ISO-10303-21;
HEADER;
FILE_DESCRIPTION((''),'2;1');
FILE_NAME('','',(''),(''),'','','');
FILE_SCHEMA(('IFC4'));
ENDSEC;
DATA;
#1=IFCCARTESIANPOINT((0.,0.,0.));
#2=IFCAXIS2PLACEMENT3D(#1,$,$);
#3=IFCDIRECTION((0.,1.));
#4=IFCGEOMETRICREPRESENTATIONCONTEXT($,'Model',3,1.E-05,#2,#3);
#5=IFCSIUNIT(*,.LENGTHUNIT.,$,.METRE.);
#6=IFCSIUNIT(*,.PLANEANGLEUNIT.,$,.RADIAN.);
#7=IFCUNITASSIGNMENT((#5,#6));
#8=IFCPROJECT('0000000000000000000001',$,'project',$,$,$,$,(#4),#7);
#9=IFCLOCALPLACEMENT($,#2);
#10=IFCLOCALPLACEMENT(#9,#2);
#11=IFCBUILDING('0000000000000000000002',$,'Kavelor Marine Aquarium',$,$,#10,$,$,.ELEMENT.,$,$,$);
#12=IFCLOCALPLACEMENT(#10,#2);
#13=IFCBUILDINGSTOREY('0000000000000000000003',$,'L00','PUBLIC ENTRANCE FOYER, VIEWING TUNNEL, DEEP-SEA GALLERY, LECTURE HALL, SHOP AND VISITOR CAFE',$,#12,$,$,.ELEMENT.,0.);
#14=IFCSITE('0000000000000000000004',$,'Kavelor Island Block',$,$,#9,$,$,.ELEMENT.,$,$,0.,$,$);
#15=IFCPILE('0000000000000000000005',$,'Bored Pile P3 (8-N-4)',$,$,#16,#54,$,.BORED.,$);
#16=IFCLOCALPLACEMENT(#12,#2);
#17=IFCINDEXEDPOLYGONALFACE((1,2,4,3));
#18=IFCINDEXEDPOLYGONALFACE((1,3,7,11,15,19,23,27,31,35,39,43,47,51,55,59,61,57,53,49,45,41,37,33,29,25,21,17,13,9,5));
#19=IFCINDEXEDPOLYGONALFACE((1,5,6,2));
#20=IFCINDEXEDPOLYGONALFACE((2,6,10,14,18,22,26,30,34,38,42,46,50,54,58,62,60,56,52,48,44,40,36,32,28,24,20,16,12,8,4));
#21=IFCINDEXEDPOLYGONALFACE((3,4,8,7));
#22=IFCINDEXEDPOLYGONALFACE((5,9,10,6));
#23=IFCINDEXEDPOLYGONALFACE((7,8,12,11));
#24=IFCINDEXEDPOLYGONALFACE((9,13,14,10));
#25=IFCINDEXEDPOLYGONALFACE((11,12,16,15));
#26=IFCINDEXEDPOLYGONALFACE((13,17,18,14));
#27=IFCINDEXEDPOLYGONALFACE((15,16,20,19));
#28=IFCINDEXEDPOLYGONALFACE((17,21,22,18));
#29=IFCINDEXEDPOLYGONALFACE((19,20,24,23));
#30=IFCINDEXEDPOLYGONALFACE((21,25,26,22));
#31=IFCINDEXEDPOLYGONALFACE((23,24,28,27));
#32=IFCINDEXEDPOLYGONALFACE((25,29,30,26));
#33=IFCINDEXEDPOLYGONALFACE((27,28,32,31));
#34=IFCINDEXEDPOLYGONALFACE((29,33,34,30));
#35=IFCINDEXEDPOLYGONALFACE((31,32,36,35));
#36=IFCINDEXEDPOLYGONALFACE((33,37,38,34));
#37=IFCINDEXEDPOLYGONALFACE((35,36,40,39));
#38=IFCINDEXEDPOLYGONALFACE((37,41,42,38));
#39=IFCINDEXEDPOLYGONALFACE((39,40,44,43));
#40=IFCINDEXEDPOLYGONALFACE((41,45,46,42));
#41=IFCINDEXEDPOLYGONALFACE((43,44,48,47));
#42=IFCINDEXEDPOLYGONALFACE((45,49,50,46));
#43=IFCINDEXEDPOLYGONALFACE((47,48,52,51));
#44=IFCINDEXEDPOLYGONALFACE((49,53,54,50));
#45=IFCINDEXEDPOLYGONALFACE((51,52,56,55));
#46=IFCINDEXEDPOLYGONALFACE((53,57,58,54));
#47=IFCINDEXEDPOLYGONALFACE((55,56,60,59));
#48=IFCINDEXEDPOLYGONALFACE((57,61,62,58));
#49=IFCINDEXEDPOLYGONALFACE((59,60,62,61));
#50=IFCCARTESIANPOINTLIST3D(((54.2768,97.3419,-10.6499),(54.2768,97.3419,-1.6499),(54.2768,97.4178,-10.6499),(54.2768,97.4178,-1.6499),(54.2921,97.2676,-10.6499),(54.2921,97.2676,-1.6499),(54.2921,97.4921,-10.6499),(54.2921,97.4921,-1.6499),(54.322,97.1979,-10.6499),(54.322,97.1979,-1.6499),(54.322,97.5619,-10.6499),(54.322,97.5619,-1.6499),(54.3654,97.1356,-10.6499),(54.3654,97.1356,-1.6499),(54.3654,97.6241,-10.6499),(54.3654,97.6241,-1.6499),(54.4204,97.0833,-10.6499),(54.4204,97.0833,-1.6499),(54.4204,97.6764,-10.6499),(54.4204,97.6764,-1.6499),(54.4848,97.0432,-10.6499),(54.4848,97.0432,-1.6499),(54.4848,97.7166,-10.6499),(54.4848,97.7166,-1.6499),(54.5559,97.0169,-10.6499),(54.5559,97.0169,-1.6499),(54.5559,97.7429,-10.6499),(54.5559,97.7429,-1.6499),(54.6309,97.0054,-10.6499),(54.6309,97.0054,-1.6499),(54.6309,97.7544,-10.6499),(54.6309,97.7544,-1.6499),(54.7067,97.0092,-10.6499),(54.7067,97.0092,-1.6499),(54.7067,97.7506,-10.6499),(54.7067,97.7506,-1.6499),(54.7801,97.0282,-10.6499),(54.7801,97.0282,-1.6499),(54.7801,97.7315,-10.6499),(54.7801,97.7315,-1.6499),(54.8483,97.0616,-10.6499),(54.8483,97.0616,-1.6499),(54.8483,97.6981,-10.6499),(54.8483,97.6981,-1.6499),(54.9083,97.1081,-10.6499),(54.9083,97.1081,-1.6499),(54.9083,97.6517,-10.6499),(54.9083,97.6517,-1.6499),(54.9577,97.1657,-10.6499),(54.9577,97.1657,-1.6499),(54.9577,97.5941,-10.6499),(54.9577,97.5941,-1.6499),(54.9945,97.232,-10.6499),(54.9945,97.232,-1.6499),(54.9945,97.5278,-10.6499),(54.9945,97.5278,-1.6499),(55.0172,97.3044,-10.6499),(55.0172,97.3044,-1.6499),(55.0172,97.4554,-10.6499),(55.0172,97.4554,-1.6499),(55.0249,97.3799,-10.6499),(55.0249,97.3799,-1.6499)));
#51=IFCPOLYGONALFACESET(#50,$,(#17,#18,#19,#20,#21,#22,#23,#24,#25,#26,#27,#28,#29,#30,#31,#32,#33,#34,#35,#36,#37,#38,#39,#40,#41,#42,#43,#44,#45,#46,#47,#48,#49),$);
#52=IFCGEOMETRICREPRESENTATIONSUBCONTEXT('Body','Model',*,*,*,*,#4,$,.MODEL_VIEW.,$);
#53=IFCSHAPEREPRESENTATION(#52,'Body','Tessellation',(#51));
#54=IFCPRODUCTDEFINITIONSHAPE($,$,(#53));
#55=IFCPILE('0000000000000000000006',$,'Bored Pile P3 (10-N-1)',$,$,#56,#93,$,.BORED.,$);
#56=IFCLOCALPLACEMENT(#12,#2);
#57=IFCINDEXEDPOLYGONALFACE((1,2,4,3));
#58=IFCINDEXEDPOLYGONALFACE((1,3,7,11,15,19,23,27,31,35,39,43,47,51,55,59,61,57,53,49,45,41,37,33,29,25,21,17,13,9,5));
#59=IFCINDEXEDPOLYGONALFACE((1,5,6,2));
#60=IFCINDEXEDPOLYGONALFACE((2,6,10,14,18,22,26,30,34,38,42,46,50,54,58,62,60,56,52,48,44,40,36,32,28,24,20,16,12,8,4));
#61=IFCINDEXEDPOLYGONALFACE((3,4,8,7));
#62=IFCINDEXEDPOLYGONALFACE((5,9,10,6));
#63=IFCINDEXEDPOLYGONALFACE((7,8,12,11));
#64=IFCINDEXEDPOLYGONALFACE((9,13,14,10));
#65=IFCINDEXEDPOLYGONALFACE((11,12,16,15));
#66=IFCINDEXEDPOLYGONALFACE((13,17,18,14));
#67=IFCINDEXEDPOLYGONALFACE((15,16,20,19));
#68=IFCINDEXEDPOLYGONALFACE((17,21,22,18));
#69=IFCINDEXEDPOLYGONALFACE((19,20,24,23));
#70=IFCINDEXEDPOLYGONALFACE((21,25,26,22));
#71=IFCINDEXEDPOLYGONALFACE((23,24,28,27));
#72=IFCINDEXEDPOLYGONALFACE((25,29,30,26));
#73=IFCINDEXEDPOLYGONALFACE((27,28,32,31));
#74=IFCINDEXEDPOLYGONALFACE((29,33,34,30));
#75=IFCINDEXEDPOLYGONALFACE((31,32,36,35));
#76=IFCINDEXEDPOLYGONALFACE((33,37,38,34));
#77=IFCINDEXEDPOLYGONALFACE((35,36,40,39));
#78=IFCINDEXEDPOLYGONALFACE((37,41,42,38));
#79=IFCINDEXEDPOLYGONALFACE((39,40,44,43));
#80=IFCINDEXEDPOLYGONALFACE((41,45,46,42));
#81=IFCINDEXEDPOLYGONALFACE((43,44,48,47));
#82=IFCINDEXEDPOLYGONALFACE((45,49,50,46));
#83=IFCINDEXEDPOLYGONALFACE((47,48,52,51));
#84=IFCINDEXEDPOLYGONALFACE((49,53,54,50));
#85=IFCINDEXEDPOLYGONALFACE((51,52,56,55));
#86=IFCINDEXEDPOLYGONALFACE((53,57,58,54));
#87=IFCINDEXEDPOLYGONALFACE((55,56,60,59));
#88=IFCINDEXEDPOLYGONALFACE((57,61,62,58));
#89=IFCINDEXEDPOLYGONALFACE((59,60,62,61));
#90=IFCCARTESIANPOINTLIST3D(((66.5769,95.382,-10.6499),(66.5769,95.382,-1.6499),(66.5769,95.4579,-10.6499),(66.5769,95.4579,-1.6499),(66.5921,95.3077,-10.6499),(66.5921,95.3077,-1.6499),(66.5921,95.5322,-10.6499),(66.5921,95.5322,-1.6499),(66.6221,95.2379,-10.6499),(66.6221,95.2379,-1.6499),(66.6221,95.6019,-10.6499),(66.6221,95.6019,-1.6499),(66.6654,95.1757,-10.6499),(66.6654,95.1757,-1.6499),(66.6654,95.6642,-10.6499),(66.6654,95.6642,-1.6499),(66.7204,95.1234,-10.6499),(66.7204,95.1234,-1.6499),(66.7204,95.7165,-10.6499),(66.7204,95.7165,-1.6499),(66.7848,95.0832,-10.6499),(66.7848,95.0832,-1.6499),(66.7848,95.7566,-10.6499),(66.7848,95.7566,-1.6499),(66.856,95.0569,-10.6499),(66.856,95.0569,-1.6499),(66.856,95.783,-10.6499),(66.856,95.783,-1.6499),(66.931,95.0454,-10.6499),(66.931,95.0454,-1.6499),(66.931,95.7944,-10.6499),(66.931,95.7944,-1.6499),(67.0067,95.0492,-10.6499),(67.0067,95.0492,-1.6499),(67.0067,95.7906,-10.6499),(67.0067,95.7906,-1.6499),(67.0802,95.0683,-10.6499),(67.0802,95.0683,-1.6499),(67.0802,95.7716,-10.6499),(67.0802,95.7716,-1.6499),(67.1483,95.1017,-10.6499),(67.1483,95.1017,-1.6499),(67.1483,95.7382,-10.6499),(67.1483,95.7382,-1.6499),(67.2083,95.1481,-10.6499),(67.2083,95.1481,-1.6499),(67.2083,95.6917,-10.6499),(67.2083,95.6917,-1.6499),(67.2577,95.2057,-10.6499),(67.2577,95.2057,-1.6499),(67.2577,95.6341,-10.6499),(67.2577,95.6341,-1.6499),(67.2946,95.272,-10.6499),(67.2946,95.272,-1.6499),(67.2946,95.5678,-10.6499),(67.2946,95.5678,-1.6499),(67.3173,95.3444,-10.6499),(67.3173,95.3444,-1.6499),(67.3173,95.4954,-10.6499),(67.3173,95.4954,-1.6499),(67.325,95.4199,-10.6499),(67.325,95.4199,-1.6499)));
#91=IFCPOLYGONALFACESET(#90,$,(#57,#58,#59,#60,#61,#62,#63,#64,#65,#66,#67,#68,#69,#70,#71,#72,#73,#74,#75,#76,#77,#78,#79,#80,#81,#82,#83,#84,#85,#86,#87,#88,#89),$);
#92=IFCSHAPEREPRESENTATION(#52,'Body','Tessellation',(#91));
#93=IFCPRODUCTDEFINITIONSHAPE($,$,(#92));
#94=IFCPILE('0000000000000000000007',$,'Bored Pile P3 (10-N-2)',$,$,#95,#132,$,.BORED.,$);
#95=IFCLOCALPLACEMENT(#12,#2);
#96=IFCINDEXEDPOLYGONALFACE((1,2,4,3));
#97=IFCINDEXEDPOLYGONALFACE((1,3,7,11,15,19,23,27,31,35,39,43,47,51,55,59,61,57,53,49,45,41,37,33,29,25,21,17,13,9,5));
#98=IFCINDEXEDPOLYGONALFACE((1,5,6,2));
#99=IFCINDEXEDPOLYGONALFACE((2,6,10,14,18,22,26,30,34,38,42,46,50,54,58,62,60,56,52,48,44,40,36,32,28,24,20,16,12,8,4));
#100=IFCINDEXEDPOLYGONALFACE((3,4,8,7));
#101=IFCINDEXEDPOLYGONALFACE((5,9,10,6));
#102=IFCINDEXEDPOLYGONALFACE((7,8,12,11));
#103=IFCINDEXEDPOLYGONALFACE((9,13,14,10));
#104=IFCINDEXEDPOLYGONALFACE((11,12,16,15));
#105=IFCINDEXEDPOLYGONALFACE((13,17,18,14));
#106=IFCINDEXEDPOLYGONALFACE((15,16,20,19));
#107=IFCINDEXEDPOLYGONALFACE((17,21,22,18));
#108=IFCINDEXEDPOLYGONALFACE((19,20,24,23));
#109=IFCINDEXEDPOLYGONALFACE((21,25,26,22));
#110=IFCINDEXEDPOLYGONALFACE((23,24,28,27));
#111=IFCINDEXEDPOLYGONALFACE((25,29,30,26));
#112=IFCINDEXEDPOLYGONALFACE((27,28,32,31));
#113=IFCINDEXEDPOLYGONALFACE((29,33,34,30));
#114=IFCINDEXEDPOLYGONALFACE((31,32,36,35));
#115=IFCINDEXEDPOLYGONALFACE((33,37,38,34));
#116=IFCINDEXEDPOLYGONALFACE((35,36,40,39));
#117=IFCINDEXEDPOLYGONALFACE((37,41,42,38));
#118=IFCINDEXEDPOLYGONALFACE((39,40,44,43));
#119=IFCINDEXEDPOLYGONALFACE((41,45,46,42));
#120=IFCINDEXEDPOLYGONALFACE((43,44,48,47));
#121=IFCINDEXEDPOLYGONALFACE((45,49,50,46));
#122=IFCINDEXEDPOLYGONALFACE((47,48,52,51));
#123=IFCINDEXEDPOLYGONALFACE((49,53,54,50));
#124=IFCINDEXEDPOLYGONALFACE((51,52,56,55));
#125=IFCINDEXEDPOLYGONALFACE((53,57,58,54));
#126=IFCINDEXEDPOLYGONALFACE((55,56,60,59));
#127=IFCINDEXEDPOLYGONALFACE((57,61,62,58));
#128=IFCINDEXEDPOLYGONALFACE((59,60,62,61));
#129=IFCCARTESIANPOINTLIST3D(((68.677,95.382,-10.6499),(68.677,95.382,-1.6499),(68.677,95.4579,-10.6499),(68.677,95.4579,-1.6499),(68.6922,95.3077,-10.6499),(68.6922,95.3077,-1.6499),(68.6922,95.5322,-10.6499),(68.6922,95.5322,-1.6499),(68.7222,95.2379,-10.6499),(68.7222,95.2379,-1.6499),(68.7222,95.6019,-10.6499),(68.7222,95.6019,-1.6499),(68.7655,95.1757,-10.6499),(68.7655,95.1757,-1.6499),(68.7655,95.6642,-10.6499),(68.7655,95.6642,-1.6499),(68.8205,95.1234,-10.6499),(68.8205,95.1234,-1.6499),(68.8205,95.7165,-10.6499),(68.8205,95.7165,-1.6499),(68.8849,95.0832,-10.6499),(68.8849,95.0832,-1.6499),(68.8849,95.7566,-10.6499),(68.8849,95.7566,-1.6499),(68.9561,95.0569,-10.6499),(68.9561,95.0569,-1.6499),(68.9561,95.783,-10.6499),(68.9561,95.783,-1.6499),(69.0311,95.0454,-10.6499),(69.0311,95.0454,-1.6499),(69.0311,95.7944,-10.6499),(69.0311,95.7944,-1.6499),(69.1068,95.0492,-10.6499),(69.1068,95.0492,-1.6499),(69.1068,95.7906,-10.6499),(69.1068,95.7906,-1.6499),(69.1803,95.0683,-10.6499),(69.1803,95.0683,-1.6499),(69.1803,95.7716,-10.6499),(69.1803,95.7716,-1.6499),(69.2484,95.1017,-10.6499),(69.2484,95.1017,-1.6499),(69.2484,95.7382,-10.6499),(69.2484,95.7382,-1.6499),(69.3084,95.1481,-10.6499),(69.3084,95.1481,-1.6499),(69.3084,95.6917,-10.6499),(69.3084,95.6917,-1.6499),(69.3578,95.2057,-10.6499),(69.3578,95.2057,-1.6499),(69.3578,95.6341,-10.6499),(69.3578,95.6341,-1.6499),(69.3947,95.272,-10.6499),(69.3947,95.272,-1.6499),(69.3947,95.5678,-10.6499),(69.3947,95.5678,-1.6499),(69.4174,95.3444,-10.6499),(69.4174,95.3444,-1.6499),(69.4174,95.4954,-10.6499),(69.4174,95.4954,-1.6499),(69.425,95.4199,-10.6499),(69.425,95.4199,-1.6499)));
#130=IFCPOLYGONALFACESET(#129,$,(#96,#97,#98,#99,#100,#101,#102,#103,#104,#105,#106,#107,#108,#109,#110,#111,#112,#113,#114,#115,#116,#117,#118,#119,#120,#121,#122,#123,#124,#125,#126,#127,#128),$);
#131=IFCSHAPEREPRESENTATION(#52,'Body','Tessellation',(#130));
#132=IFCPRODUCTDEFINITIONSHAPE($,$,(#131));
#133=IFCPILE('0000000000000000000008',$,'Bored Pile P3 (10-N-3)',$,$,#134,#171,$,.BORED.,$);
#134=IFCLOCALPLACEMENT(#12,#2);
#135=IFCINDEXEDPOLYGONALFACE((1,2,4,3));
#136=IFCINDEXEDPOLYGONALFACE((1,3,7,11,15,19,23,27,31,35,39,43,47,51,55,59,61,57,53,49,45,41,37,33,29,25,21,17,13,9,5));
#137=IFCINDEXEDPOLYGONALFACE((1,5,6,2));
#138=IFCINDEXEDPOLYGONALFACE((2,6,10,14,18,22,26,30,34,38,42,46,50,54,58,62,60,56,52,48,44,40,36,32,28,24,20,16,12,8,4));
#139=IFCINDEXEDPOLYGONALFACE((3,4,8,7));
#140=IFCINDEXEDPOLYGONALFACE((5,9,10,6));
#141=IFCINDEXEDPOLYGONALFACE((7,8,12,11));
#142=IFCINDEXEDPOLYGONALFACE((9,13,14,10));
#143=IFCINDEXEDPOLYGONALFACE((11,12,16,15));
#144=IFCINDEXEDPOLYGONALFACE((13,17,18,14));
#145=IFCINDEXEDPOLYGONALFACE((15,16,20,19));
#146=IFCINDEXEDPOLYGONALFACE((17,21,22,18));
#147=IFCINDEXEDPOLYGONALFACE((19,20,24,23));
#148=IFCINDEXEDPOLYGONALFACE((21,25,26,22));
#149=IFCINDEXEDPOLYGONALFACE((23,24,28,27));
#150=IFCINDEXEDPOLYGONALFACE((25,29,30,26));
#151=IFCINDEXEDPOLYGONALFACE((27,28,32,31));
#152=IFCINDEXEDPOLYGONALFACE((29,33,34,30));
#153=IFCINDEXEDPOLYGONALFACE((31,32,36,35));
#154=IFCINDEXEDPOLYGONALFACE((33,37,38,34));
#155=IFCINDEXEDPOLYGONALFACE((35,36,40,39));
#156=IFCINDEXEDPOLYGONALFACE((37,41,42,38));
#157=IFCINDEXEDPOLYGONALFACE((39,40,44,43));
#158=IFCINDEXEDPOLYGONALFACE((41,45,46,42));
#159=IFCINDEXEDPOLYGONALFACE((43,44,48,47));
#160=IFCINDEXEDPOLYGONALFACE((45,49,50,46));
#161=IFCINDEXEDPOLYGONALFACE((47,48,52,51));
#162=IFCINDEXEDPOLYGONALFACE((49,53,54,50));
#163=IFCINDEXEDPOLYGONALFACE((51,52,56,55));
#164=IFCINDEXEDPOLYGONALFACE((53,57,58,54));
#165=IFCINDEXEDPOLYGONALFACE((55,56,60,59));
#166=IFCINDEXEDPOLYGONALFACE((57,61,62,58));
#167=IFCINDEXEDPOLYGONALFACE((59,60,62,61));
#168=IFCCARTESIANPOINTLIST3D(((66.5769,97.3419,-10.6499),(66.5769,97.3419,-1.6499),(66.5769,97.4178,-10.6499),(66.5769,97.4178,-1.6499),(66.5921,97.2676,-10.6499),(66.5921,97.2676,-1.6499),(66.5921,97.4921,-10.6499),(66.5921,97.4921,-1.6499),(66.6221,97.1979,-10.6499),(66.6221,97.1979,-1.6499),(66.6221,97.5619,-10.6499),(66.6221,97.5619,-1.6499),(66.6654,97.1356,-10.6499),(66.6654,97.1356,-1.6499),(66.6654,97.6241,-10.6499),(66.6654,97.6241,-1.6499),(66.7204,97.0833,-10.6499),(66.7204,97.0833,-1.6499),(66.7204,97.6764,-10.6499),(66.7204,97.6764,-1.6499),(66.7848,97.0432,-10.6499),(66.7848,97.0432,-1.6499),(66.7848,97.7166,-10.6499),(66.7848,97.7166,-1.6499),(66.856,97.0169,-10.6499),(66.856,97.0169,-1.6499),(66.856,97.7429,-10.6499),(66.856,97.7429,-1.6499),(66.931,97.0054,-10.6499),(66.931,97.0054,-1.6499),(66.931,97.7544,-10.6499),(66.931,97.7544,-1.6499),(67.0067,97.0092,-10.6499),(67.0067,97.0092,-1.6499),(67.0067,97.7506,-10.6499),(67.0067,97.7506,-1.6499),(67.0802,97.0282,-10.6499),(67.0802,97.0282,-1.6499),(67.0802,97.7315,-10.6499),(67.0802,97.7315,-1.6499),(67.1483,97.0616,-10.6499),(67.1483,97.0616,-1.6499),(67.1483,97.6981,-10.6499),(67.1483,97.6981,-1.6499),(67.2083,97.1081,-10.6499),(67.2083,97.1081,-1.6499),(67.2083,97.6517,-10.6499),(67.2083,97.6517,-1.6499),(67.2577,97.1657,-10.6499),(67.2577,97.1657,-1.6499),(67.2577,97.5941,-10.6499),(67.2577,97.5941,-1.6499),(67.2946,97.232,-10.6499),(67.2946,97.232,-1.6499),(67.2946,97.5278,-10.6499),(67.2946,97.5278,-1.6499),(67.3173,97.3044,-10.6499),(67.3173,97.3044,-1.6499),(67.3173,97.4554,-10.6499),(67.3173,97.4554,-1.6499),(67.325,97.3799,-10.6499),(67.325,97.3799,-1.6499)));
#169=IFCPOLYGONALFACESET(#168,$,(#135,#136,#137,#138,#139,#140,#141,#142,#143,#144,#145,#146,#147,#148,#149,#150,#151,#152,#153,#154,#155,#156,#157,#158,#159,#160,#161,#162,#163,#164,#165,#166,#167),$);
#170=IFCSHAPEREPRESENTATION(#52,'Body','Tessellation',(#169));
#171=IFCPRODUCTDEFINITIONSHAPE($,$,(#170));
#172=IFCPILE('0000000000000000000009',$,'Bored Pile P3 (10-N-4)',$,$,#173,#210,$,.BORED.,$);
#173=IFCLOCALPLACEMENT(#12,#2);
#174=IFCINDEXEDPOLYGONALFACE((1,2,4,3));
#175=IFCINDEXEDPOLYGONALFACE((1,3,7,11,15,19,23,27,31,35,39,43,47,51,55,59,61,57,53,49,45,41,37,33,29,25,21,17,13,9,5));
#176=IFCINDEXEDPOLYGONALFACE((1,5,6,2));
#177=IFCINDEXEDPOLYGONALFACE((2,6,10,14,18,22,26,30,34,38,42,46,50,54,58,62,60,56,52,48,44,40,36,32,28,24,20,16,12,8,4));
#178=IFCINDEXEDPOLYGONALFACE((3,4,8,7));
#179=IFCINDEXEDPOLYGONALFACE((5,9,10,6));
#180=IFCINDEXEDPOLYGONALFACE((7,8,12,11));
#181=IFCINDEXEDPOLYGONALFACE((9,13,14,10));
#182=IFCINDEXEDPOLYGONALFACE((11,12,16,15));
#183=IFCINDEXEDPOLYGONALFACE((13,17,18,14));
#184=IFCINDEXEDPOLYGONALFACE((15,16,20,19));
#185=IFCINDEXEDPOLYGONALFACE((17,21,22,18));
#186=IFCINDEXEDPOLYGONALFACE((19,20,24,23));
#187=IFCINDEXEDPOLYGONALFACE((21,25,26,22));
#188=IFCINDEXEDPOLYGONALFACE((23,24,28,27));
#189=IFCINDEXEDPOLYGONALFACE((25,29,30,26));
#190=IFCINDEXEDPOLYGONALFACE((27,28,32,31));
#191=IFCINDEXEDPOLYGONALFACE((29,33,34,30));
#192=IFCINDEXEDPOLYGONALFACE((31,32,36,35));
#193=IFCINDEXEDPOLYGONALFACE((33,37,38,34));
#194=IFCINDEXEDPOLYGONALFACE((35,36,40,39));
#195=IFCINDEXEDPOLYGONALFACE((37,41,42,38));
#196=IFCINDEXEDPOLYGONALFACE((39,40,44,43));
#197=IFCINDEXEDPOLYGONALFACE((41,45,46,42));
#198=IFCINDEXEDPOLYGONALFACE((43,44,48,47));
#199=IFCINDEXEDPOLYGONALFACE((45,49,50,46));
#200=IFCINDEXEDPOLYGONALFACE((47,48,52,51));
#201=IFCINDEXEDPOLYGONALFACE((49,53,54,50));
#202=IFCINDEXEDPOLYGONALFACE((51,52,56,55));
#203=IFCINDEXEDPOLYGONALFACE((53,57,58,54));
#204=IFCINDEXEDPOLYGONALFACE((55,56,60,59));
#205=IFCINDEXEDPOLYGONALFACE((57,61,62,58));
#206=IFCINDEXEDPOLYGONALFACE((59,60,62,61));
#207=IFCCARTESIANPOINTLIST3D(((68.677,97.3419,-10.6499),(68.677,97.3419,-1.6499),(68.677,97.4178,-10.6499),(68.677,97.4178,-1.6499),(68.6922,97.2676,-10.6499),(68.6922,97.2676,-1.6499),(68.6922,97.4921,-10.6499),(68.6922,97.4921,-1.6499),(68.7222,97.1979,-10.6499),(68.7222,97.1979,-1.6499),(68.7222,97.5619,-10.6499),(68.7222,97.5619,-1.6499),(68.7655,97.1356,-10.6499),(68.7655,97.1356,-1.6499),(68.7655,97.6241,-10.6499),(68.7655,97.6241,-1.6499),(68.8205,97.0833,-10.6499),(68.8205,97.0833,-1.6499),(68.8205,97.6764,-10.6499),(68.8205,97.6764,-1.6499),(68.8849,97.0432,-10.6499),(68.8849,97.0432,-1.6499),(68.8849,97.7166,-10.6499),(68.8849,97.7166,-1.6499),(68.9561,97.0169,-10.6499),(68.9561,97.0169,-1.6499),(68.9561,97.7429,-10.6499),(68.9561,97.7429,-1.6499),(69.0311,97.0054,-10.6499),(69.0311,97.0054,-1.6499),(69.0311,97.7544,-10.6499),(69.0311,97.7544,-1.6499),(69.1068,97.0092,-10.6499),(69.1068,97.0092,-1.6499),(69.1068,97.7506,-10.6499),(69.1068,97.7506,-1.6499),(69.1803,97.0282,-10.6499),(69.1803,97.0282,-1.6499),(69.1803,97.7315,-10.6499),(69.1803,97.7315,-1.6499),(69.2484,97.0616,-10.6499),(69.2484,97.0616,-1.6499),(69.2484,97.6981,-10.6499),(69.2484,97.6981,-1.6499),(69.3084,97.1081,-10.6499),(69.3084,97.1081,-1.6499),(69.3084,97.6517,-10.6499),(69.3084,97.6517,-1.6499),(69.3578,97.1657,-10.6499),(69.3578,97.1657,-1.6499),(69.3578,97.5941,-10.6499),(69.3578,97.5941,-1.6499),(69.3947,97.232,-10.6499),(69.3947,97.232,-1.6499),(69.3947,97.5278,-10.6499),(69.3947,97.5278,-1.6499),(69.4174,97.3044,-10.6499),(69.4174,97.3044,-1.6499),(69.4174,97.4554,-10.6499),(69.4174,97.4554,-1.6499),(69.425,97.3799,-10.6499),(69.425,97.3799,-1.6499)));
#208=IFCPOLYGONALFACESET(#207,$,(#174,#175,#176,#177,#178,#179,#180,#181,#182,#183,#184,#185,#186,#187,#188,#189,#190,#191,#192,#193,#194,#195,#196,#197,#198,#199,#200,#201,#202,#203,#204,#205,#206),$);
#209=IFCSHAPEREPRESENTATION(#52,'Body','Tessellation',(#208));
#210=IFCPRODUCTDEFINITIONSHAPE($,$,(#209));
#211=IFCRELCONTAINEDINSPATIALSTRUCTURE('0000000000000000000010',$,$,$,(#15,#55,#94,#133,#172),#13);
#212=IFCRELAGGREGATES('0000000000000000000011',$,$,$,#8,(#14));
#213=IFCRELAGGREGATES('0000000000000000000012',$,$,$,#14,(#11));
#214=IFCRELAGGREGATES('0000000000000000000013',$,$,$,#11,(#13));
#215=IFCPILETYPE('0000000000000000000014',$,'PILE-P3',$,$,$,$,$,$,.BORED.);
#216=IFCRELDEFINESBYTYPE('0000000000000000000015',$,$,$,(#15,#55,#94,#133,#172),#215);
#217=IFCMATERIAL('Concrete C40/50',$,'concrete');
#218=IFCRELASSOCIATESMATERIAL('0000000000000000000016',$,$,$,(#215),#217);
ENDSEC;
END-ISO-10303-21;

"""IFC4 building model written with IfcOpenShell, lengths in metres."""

from ifc_helpers import new_model, si_unit, direction, frame, origin, origin_2d, place, context, subcontext, project, spatial, circle, extrude, material, material_profile, profile_set, type_object, element, save


model = new_model("IFC4")

# Units and contexts
model_context = context("Model", 3, precision=1e-05, world=origin(), true_north=direction((0.0, 1.0)))
body_context = subcontext(model_context, "Body", "Model", "MODEL_VIEW")
ifc_project = project(units=[si_unit("LENGTHUNIT", "METRE"), si_unit("PLANEANGLEUNIT", "RADIAN")], contexts=[model_context])

# Site, building, storey
site_placement = place(None, origin())
site = spatial("IfcSite", under=ifc_project, at=site_placement, Name="Kavelor Island Block", CompositionType="ELEMENT", RefElevation=0.0)
building_placement = place(site_placement, origin())
building = spatial("IfcBuilding", under=site, at=building_placement, Name="Kavelor Marine Aquarium", CompositionType="ELEMENT")
storey_placement = place(building_placement, origin())
storey = spatial("IfcBuildingStorey", under=building, at=storey_placement, Name="L00", Description="PUBLIC ENTRANCE FOYER, VIEWING TUNNEL, DEEP-SEA GALLERY, LECTURE HALL, SHOP AND VISITOR CAFE", CompositionType="ELEMENT", Elevation=0.0)

# Piles
ifc_material_1 = material(Name="Concrete C40/50", Category="concrete")
ifc_material_profile_1 = material_profile(ifc_material_1, circle(Radius=0.375, at=origin_2d()), Name="PILE D750")
ifc_profile_set_1 = profile_set([ifc_material_profile_1], Name="Concrete C40/50")
pile_type_1 = type_object("IfcPileType", Name="PILE-P3", PredefinedType="BORED", material=ifc_profile_set_1)
for number, where, z_axis, x_axis, name in (
    (1, (54.6499, 97.3799, -1.6499), (0.0, 0.0, -1.0), (1.0, 0.0, 0.0), "Bored Pile P3 (8-N-4)"),
    (2, (66.95, 95.4199, -1.6499), (0.0, 0.0, -1.0), (1.0, 0.0, 0.0), "Bored Pile P3 (10-N-1)"),
    (3, (69.05, 95.4199, -1.6499), (0.0, 0.0, -1.0), (1.0, 0.0, 0.0), "Bored Pile P3 (10-N-2)"),
    (4, (66.95, 97.3799, -1.6499), (0.0, 0.0, -1.0), (1.0, 0.0, 0.0), "Bored Pile P3 (10-N-3)"),
    (5, (69.05, 97.3799, -1.6499), (0.0, 0.0, -1.0), (1.0, 0.0, 0.0), "Bored Pile P3 (10-N-4)"),
):
    element("IfcPile", number, at=place(storey_placement, frame(where, z_axis=z_axis, x_axis=x_axis)), inside=storey, type_object=pile_type_1, Name=name, PredefinedType="BORED", context=body_context, shape_type="SweptSolid", body=[
        extrude(circle(Radius=0.375, at=origin_2d()), origin(), (0.0, 0.0, 1.0), 9.0),
    ])

save(model, "model.ifc")
